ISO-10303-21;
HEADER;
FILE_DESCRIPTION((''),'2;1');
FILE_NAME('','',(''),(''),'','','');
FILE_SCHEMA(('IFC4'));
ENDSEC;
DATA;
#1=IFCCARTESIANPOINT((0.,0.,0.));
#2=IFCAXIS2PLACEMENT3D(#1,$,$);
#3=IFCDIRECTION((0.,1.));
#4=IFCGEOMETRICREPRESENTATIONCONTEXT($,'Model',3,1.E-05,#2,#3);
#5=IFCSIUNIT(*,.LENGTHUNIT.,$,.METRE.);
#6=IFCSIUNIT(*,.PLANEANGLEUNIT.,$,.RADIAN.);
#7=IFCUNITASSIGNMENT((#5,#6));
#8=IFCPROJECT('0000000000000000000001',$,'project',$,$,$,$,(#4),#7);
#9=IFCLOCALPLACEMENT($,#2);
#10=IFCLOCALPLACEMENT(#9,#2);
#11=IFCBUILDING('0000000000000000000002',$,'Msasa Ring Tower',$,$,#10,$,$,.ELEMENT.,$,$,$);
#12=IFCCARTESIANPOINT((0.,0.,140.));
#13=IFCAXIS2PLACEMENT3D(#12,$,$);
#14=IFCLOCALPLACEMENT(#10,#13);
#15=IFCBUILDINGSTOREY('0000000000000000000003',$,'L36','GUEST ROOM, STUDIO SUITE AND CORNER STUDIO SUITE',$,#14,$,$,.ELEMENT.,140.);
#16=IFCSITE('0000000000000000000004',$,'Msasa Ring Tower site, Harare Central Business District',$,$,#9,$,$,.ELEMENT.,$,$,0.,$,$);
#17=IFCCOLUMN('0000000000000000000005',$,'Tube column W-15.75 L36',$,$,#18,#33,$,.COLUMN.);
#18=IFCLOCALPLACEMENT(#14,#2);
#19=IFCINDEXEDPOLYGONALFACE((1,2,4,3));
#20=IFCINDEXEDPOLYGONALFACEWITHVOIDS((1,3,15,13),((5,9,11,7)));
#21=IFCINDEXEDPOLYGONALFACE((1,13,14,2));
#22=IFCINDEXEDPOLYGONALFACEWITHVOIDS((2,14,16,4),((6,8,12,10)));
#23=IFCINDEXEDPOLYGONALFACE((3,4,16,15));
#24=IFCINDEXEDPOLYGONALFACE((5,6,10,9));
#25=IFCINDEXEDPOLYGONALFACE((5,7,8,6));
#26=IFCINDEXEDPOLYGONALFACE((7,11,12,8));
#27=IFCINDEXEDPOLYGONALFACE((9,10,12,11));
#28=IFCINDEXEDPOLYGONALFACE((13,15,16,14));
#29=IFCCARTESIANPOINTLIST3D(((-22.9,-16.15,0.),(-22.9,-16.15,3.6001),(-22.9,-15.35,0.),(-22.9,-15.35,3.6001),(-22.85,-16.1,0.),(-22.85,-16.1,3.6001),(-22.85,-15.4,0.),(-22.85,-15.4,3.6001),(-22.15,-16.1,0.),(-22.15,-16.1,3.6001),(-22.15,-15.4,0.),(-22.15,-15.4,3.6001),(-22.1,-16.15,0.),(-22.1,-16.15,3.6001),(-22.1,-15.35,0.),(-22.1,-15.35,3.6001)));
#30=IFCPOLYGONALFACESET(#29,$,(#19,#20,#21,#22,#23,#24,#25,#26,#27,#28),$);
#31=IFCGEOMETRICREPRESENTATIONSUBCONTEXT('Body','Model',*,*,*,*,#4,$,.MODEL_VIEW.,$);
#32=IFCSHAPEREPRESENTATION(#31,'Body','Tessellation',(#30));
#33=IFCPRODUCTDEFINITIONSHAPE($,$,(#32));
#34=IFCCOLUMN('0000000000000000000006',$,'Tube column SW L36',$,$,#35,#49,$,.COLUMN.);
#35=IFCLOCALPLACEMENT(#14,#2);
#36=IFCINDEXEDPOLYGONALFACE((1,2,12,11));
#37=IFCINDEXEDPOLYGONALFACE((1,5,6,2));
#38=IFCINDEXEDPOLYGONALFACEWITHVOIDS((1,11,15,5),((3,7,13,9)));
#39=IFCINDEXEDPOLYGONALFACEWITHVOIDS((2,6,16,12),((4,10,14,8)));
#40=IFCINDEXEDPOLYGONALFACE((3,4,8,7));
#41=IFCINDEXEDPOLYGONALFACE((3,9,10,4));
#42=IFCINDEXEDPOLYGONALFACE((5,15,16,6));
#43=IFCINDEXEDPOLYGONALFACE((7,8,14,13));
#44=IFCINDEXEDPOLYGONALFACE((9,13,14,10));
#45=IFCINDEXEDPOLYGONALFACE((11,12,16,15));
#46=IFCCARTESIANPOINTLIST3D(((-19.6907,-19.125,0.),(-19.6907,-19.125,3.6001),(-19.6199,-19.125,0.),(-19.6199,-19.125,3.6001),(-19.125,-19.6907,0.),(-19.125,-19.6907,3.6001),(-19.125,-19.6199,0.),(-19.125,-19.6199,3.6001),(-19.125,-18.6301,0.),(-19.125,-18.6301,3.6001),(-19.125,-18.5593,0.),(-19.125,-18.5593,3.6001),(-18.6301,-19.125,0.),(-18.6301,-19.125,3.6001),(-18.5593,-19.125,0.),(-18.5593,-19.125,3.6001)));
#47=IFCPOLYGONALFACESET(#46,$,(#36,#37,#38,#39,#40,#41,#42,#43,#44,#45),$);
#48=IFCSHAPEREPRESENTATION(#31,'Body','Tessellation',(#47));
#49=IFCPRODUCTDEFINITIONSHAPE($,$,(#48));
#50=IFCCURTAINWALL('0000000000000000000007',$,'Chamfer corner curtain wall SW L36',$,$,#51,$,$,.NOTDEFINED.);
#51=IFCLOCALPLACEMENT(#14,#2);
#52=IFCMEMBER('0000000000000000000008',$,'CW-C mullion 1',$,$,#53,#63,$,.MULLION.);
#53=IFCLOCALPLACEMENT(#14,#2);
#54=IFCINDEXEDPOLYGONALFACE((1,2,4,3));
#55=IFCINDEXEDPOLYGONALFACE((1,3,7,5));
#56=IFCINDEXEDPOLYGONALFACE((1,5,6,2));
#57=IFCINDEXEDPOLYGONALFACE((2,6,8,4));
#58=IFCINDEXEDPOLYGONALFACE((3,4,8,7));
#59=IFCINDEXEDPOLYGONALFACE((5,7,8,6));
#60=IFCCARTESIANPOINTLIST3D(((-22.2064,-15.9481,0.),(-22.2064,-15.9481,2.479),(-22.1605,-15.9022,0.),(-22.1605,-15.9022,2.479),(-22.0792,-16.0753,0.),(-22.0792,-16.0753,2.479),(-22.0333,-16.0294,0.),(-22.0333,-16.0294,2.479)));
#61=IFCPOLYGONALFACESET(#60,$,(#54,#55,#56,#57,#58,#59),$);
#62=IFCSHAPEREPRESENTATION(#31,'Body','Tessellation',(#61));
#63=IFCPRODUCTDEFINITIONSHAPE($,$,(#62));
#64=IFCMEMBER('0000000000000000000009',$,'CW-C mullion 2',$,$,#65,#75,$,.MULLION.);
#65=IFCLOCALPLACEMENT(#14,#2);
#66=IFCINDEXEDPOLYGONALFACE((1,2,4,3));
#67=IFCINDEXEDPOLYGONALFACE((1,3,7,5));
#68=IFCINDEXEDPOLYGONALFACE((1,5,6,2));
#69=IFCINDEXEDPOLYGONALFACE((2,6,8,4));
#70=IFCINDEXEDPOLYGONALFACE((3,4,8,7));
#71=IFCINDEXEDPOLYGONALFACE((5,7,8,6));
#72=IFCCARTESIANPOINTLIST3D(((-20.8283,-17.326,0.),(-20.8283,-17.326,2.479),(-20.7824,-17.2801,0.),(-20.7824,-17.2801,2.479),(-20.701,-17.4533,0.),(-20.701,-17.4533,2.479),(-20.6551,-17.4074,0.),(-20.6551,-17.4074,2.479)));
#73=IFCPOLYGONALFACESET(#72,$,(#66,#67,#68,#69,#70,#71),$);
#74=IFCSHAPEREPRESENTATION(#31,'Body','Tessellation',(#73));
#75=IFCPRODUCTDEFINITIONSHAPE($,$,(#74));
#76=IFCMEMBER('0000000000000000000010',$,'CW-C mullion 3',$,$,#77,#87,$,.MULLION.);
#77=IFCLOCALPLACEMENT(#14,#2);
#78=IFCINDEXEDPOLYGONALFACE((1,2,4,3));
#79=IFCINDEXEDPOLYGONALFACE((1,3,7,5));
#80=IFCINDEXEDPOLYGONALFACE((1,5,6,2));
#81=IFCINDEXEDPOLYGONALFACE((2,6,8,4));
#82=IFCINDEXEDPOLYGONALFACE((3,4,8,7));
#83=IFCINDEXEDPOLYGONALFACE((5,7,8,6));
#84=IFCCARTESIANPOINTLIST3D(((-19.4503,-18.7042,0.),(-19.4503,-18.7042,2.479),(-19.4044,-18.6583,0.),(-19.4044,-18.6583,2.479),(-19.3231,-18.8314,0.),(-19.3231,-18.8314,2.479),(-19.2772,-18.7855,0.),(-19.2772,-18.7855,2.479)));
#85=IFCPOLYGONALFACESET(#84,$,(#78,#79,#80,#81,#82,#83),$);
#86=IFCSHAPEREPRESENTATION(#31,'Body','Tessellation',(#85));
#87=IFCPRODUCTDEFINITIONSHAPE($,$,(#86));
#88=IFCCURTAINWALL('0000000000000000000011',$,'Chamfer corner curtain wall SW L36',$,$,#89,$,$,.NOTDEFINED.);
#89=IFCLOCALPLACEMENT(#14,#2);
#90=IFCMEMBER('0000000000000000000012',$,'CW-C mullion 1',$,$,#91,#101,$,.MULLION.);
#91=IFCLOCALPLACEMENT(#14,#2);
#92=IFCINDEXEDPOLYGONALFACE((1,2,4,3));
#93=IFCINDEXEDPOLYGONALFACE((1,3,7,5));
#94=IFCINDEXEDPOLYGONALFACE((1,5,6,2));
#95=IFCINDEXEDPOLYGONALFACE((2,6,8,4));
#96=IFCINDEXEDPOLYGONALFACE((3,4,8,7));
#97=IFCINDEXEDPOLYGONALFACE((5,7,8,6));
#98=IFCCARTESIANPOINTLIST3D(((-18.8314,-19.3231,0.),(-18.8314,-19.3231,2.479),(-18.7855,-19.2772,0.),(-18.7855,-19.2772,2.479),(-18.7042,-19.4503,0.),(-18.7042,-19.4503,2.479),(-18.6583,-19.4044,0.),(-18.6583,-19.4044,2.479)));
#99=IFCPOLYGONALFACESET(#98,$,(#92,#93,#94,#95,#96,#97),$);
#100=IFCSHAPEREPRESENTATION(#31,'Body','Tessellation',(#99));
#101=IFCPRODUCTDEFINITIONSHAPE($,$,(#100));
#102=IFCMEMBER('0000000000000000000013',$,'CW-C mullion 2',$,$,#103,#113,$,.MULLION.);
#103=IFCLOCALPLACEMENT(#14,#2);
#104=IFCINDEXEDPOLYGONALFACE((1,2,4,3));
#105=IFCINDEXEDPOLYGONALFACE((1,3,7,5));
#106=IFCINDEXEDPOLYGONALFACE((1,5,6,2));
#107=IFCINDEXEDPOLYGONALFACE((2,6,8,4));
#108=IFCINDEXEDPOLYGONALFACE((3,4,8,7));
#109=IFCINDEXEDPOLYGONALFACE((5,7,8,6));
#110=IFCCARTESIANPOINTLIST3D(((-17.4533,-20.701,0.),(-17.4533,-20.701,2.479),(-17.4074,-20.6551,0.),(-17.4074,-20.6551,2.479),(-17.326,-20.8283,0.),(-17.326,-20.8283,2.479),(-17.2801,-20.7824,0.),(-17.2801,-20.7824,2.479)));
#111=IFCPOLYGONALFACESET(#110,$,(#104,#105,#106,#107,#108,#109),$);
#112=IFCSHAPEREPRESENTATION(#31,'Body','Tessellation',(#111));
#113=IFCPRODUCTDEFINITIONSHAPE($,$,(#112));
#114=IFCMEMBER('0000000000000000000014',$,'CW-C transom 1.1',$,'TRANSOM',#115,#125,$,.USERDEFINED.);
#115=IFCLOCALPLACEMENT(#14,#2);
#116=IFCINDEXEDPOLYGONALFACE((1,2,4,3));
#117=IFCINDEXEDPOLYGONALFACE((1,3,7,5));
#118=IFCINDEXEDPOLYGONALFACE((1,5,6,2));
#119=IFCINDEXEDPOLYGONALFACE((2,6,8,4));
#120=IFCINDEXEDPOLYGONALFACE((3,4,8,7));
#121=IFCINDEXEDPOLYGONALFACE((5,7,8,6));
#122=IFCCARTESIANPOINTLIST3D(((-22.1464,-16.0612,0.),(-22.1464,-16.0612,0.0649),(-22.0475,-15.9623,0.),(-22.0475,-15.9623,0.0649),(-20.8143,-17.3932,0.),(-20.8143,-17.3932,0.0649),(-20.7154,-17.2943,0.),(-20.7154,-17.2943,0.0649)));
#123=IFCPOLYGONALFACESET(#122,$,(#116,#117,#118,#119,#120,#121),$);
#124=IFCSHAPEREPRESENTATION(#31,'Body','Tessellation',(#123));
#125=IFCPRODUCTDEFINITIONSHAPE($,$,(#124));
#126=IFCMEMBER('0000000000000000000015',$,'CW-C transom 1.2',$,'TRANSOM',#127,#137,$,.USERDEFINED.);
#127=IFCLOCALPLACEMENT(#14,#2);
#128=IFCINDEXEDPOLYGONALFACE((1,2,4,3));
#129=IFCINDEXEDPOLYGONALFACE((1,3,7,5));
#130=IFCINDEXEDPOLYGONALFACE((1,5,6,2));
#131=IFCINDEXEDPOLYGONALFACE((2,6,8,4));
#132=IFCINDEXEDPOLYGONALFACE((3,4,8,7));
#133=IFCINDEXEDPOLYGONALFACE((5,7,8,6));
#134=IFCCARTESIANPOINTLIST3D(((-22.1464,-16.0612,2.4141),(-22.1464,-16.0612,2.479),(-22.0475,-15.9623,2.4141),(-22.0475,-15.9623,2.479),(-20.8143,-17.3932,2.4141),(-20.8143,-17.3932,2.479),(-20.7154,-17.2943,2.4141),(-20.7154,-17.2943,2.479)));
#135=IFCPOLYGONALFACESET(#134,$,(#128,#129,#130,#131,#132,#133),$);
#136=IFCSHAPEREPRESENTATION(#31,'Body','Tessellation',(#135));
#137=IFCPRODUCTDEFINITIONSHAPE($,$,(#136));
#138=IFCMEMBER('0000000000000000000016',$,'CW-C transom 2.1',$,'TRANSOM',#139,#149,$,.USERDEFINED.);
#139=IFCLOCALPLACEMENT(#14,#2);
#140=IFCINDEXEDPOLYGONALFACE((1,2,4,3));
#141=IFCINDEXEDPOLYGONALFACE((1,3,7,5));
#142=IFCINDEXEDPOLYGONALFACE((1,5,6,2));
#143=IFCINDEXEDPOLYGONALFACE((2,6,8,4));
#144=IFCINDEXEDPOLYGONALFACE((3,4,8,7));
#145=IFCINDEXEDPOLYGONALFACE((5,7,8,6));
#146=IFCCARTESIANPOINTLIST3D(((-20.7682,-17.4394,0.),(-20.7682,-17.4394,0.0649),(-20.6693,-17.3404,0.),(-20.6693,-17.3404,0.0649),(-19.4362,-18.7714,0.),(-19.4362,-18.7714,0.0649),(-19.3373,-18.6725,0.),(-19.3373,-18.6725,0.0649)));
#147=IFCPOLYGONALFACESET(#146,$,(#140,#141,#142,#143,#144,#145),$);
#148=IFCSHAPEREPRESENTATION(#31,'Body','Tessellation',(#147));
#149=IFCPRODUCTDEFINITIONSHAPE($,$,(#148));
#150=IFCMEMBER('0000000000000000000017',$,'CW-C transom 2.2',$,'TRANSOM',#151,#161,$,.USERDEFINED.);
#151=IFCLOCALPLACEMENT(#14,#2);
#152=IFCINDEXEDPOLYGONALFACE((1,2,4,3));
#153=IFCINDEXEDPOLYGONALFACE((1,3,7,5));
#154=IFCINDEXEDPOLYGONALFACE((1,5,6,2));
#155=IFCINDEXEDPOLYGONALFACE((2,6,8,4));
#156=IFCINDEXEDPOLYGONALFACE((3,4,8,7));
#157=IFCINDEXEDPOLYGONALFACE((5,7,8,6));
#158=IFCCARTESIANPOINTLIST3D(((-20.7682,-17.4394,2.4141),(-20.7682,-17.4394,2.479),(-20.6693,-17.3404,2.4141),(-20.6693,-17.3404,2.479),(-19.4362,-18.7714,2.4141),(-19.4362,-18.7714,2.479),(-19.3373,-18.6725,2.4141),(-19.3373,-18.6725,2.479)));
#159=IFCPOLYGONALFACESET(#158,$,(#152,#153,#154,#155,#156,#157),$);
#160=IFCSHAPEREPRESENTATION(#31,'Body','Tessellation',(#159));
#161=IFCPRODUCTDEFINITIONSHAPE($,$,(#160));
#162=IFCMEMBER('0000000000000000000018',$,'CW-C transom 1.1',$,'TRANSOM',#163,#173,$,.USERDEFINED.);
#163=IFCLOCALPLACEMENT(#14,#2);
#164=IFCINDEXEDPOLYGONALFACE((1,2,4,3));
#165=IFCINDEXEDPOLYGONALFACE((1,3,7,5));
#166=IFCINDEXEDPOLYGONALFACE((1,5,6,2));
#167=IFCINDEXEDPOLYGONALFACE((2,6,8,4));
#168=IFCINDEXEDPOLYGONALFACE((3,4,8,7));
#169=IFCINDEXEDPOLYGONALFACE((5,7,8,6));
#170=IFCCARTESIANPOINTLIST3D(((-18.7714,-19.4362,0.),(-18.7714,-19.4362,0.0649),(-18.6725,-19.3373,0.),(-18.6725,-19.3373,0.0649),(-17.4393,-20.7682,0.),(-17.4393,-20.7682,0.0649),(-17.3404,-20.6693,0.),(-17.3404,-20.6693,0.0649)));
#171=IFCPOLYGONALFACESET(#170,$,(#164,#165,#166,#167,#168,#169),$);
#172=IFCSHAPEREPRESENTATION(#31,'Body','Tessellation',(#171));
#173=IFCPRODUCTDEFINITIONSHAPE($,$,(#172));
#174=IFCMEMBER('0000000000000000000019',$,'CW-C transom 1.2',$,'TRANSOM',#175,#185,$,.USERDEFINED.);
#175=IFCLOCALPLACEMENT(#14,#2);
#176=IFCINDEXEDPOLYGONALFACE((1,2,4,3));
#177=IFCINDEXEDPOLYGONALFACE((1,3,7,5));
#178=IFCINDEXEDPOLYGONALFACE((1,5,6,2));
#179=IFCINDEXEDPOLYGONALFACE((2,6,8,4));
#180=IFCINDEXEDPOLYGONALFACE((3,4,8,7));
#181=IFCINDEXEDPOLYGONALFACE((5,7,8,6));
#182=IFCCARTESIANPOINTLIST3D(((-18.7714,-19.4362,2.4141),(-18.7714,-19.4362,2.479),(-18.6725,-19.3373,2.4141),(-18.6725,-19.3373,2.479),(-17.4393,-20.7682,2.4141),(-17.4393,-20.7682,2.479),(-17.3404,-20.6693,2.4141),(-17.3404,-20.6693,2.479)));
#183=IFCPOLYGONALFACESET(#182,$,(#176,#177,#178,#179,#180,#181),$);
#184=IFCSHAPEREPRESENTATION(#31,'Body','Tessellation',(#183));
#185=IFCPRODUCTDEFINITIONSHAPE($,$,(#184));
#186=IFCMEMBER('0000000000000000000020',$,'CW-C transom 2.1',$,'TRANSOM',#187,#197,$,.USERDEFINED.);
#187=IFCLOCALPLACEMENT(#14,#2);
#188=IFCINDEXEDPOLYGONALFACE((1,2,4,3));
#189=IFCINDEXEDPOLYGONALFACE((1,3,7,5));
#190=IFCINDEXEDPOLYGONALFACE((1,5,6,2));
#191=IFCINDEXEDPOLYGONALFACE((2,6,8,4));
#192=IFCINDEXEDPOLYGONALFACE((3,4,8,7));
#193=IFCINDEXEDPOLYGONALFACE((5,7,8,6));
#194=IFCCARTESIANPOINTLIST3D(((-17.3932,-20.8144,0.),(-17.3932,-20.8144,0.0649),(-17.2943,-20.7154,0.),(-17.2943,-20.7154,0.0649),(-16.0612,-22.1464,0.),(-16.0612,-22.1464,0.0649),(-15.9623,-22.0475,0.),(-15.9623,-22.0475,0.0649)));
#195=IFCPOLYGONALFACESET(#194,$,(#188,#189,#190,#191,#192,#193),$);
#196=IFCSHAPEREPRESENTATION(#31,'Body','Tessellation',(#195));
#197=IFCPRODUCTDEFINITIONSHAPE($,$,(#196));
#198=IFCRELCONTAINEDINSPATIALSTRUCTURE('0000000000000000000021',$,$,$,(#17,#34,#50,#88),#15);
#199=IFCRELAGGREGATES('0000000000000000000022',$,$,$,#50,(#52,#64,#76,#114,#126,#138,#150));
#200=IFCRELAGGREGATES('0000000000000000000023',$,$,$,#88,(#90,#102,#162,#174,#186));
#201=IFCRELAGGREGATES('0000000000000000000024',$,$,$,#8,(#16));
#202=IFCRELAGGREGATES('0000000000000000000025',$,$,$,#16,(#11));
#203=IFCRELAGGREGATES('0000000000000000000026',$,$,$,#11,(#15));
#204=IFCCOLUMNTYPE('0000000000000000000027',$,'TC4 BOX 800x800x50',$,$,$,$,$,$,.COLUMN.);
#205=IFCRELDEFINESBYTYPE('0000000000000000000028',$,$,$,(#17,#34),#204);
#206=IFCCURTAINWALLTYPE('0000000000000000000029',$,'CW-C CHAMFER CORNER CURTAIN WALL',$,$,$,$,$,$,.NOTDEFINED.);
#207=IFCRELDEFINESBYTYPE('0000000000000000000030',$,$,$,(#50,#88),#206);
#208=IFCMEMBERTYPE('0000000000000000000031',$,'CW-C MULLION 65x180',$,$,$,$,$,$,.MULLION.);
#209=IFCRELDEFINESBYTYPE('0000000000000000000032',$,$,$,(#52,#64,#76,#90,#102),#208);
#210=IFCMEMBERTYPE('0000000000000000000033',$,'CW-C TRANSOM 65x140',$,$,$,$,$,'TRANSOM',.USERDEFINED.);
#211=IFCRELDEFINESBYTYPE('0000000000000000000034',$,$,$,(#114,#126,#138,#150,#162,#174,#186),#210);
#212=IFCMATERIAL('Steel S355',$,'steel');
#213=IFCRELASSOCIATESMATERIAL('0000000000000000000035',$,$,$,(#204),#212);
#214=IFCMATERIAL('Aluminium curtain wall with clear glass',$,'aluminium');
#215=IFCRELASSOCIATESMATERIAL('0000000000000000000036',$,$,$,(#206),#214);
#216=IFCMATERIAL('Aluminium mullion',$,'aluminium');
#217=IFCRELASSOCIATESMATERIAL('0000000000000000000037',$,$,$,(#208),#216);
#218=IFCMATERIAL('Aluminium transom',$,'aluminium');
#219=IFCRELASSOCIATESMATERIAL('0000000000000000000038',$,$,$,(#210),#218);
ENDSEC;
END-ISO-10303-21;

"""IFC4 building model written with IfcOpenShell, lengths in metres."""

from ifc_helpers import new_model, si_unit, direction, frame, origin, origin_2d, place, context, subcontext, project, spatial, rectangle, hollow_rectangle, extrude, material, material_profile, profile_set, type_object, element, aggregate, save


model = new_model("IFC4")

# Units and contexts
model_context = context("Model", 3, precision=1e-05, world=origin(), true_north=direction((0.0, 1.0)))
body_context = subcontext(model_context, "Body", "Model", "MODEL_VIEW")
ifc_project = project(units=[si_unit("LENGTHUNIT", "METRE"), si_unit("PLANEANGLEUNIT", "RADIAN")], contexts=[model_context])

# Site, building, storey
site_placement = place(None, origin())
site = spatial("IfcSite", under=ifc_project, at=site_placement, Name="Msasa Ring Tower site, Harare Central Business District", CompositionType="ELEMENT", RefElevation=0.0)
building_placement = place(site_placement, origin())
building = spatial("IfcBuilding", under=site, at=building_placement, Name="Msasa Ring Tower", CompositionType="ELEMENT")
storey_placement = place(building_placement, frame((0.0, 0.0, 140.0)))
storey = spatial("IfcBuildingStorey", under=building, at=storey_placement, Name="L36", Description="GUEST ROOM, STUDIO SUITE AND CORNER STUDIO SUITE", CompositionType="ELEMENT", Elevation=140.0)

# Columns
ifc_material_1 = material(Name="Steel S355", Category="steel")
ifc_material_profile_1 = material_profile(ifc_material_1, hollow_rectangle(XDim=0.8, YDim=0.8, WallThickness=0.05, at=origin_2d()), Name="BOX 800x800x50")
ifc_profile_set_1 = profile_set([ifc_material_profile_1], Name="Steel S355")
column_type = type_object("IfcColumnType", Name="TC4 BOX 800x800x50", PredefinedType="COLUMN", material=ifc_profile_set_1)
for number, where, z_axis, x_axis, name in (
    (1, (-22.5, -15.75, 0.0), (0.0, 0.0, 1.0), (1.0, 0.0, 0.0), "Tube column W-15.75 L36"),
    (2, (-19.125, -19.125, 0.0), (0.0, 0.0, 1.0), (0.707107, 0.707107, 0.0), "Tube column SW L36"),
):
    element("IfcColumn", number, at=place(storey_placement, frame(where, z_axis=z_axis, x_axis=x_axis)), inside=storey, type_object=column_type, Name=name, PredefinedType="COLUMN", context=body_context, shape_type="SweptSolid", body=[
        extrude(hollow_rectangle(XDim=0.8, YDim=0.8, WallThickness=0.05, at=origin_2d()), origin(), (0.0, 0.0, 1.0), 3.6001),
    ])

# Curtain walls, members
ifc_material_2 = material(Name="Aluminium curtain wall with clear glass", Category="aluminium")
curtain_wall_type = type_object("IfcCurtainWallType", Name="CW-C CHAMFER CORNER CURTAIN WALL", PredefinedType="NOTDEFINED", material=ifc_material_2)
curtain_wall_1_placement = place(storey_placement, origin())
curtain_wall_1 = element("IfcCurtainWall", 3, at=curtain_wall_1_placement, inside=storey, type_object=curtain_wall_type, Name="Chamfer corner curtain wall SW L36", PredefinedType="NOTDEFINED")
ifc_material_3 = material(Name="Aluminium mullion", Category="aluminium")
ifc_material_profile_2 = material_profile(ifc_material_3, rectangle(XDim=0.0649, YDim=0.1799, at=origin_2d()), Name="AL 65x180")
ifc_profile_set_2 = profile_set([ifc_material_profile_2], Name="Aluminium mullion")
member_type_1 = type_object("IfcMemberType", Name="CW-C MULLION 65x180", PredefinedType="MULLION", material=ifc_profile_set_2)
member_1_placement = place(storey_placement, frame((-22.1199, -15.9888, 0.0), z_axis=(0.0, 0.0, 1.0), x_axis=(0.707107, 0.707107, 0.0)))
member_1 = element("IfcMember", 4, at=member_1_placement, type_object=member_type_1, Name="CW-C mullion 1", PredefinedType="MULLION", context=body_context, shape_type="SweptSolid", body=[
    extrude(rectangle(XDim=0.0649, YDim=0.1799, at=origin_2d()), origin(), (0.0, 0.0, 1.0), 2.479),
])
member_2_placement = place(storey_placement, frame((-20.7417, -17.3667, 0.0), z_axis=(0.0, 0.0, 1.0), x_axis=(0.707107, 0.707107, 0.0)))
member_2 = element("IfcMember", 5, at=member_2_placement, type_object=member_type_1, Name="CW-C mullion 2", PredefinedType="MULLION", context=body_context, shape_type="SweptSolid", body=[
    extrude(rectangle(XDim=0.0649, YDim=0.1799, at=origin_2d()), origin(), (0.0, 0.0, 1.0), 2.479),
])
member_3_placement = place(storey_placement, frame((-19.3638, -18.7449, 0.0), z_axis=(0.0, 0.0, 1.0), x_axis=(0.707107, 0.707107, 0.0)))
member_3 = element("IfcMember", 6, at=member_3_placement, type_object=member_type_1, Name="CW-C mullion 3", PredefinedType="MULLION", context=body_context, shape_type="SweptSolid", body=[
    extrude(rectangle(XDim=0.0649, YDim=0.1799, at=origin_2d()), origin(), (0.0, 0.0, 1.0), 2.479),
])
curtain_wall_2_placement = place(storey_placement, origin())
curtain_wall_2 = element("IfcCurtainWall", 7, at=curtain_wall_2_placement, inside=storey, type_object=curtain_wall_type, Name="Chamfer corner curtain wall SW L36", PredefinedType="NOTDEFINED")
member_4_placement = place(storey_placement, frame((-18.7449, -19.3638, 0.0), z_axis=(0.0, 0.0, 1.0), x_axis=(0.707107, 0.707107, 0.0)))
member_4 = element("IfcMember", 8, at=member_4_placement, type_object=member_type_1, Name="CW-C mullion 1", PredefinedType="MULLION", context=body_context, shape_type="SweptSolid", body=[
    extrude(rectangle(XDim=0.0649, YDim=0.1799, at=origin_2d()), origin(), (0.0, 0.0, 1.0), 2.479),
])
member_5_placement = place(storey_placement, frame((-17.3667, -20.7417, 0.0), z_axis=(0.0, 0.0, 1.0), x_axis=(0.707107, 0.707107, 0.0)))
member_5 = element("IfcMember", 9, at=member_5_placement, type_object=member_type_1, Name="CW-C mullion 2", PredefinedType="MULLION", context=body_context, shape_type="SweptSolid", body=[
    extrude(rectangle(XDim=0.0649, YDim=0.1799, at=origin_2d()), origin(), (0.0, 0.0, 1.0), 2.479),
])

# Members
ifc_material_4 = material(Name="Aluminium transom", Category="aluminium")
ifc_material_profile_3 = material_profile(ifc_material_4, rectangle(XDim=0.1399, YDim=0.0649, at=origin_2d()), Name="AL 65x140")
ifc_profile_set_3 = profile_set([ifc_material_profile_3], Name="Aluminium transom")
member_type_2 = type_object("IfcMemberType", Name="CW-C TRANSOM 65x140", ElementType="TRANSOM", PredefinedType="USERDEFINED", material=ifc_profile_set_3)
member_6_placement = place(storey_placement, frame((-22.0969, -16.0117, 0.0325), z_axis=(0.707107, -0.707107, 0.0), x_axis=(0.707107, 0.707107, 0.0)))
member_6 = element("IfcMember", 10, at=member_6_placement, type_object=member_type_2, Name="CW-C transom 1.1", ObjectType="TRANSOM", PredefinedType="USERDEFINED", context=body_context, shape_type="SweptSolid", body=[
    extrude(rectangle(XDim=0.1399, YDim=0.0649, at=origin_2d()), origin(), (0.0, 0.0, 1.0), 1.8838),
])
member_7_placement = place(storey_placement, frame((-22.0969, -16.0117, 2.4465), z_axis=(0.707107, -0.707107, 0.0), x_axis=(0.707107, 0.707107, 0.0)))
member_7 = element("IfcMember", 11, at=member_7_placement, type_object=member_type_2, Name="CW-C transom 1.2", ObjectType="TRANSOM", PredefinedType="USERDEFINED", context=body_context, shape_type="SweptSolid", body=[
    extrude(rectangle(XDim=0.1399, YDim=0.0649, at=origin_2d()), origin(), (0.0, 0.0, 1.0), 1.8838),
])
member_8_placement = place(storey_placement, frame((-20.7188, -17.3899, 0.0325), z_axis=(0.707107, -0.707107, 0.0), x_axis=(0.707107, 0.707107, 0.0)))
member_8 = element("IfcMember", 12, at=member_8_placement, type_object=member_type_2, Name="CW-C transom 2.1", ObjectType="TRANSOM", PredefinedType="USERDEFINED", context=body_context, shape_type="SweptSolid", body=[
    extrude(rectangle(XDim=0.1399, YDim=0.0649, at=origin_2d()), origin(), (0.0, 0.0, 1.0), 1.8838),
])
member_9_placement = place(storey_placement, frame((-20.7188, -17.3899, 2.4465), z_axis=(0.707107, -0.707107, 0.0), x_axis=(0.707107, 0.707107, 0.0)))
member_9 = element("IfcMember", 13, at=member_9_placement, type_object=member_type_2, Name="CW-C transom 2.2", ObjectType="TRANSOM", PredefinedType="USERDEFINED", context=body_context, shape_type="SweptSolid", body=[
    extrude(rectangle(XDim=0.1399, YDim=0.0649, at=origin_2d()), origin(), (0.0, 0.0, 1.0), 1.8838),
])
member_10_placement = place(storey_placement, frame((-18.7219, -19.3867, 0.0325), z_axis=(0.707107, -0.707107, 0.0), x_axis=(0.707107, 0.707107, 0.0)))
member_10 = element("IfcMember", 14, at=member_10_placement, type_object=member_type_2, Name="CW-C transom 1.1", ObjectType="TRANSOM", PredefinedType="USERDEFINED", context=body_context, shape_type="SweptSolid", body=[
    extrude(rectangle(XDim=0.1399, YDim=0.0649, at=origin_2d()), origin(), (0.0, 0.0, 1.0), 1.8838),
])
member_11_placement = place(storey_placement, frame((-18.7219, -19.3867, 2.4465), z_axis=(0.707107, -0.707107, 0.0), x_axis=(0.707107, 0.707107, 0.0)))
member_11 = element("IfcMember", 15, at=member_11_placement, type_object=member_type_2, Name="CW-C transom 1.2", ObjectType="TRANSOM", PredefinedType="USERDEFINED", context=body_context, shape_type="SweptSolid", body=[
    extrude(rectangle(XDim=0.1399, YDim=0.0649, at=origin_2d()), origin(), (0.0, 0.0, 1.0), 1.8838),
])
member_12_placement = place(storey_placement, frame((-17.3438, -20.7649, 0.0325), z_axis=(0.707107, -0.707107, 0.0), x_axis=(0.707107, 0.707107, 0.0)))
member_12 = element("IfcMember", 16, at=member_12_placement, type_object=member_type_2, Name="CW-C transom 2.1", ObjectType="TRANSOM", PredefinedType="USERDEFINED", context=body_context, shape_type="SweptSolid", body=[
    extrude(rectangle(XDim=0.1399, YDim=0.0649, at=origin_2d()), origin(), (0.0, 0.0, 1.0), 1.8838),
])

aggregate(curtain_wall_1, [member_1, member_2, member_3, member_6, member_7, member_8, member_9])
aggregate(curtain_wall_2, [member_4, member_5, member_10, member_11, member_12])

save(model, "model.ifc")
